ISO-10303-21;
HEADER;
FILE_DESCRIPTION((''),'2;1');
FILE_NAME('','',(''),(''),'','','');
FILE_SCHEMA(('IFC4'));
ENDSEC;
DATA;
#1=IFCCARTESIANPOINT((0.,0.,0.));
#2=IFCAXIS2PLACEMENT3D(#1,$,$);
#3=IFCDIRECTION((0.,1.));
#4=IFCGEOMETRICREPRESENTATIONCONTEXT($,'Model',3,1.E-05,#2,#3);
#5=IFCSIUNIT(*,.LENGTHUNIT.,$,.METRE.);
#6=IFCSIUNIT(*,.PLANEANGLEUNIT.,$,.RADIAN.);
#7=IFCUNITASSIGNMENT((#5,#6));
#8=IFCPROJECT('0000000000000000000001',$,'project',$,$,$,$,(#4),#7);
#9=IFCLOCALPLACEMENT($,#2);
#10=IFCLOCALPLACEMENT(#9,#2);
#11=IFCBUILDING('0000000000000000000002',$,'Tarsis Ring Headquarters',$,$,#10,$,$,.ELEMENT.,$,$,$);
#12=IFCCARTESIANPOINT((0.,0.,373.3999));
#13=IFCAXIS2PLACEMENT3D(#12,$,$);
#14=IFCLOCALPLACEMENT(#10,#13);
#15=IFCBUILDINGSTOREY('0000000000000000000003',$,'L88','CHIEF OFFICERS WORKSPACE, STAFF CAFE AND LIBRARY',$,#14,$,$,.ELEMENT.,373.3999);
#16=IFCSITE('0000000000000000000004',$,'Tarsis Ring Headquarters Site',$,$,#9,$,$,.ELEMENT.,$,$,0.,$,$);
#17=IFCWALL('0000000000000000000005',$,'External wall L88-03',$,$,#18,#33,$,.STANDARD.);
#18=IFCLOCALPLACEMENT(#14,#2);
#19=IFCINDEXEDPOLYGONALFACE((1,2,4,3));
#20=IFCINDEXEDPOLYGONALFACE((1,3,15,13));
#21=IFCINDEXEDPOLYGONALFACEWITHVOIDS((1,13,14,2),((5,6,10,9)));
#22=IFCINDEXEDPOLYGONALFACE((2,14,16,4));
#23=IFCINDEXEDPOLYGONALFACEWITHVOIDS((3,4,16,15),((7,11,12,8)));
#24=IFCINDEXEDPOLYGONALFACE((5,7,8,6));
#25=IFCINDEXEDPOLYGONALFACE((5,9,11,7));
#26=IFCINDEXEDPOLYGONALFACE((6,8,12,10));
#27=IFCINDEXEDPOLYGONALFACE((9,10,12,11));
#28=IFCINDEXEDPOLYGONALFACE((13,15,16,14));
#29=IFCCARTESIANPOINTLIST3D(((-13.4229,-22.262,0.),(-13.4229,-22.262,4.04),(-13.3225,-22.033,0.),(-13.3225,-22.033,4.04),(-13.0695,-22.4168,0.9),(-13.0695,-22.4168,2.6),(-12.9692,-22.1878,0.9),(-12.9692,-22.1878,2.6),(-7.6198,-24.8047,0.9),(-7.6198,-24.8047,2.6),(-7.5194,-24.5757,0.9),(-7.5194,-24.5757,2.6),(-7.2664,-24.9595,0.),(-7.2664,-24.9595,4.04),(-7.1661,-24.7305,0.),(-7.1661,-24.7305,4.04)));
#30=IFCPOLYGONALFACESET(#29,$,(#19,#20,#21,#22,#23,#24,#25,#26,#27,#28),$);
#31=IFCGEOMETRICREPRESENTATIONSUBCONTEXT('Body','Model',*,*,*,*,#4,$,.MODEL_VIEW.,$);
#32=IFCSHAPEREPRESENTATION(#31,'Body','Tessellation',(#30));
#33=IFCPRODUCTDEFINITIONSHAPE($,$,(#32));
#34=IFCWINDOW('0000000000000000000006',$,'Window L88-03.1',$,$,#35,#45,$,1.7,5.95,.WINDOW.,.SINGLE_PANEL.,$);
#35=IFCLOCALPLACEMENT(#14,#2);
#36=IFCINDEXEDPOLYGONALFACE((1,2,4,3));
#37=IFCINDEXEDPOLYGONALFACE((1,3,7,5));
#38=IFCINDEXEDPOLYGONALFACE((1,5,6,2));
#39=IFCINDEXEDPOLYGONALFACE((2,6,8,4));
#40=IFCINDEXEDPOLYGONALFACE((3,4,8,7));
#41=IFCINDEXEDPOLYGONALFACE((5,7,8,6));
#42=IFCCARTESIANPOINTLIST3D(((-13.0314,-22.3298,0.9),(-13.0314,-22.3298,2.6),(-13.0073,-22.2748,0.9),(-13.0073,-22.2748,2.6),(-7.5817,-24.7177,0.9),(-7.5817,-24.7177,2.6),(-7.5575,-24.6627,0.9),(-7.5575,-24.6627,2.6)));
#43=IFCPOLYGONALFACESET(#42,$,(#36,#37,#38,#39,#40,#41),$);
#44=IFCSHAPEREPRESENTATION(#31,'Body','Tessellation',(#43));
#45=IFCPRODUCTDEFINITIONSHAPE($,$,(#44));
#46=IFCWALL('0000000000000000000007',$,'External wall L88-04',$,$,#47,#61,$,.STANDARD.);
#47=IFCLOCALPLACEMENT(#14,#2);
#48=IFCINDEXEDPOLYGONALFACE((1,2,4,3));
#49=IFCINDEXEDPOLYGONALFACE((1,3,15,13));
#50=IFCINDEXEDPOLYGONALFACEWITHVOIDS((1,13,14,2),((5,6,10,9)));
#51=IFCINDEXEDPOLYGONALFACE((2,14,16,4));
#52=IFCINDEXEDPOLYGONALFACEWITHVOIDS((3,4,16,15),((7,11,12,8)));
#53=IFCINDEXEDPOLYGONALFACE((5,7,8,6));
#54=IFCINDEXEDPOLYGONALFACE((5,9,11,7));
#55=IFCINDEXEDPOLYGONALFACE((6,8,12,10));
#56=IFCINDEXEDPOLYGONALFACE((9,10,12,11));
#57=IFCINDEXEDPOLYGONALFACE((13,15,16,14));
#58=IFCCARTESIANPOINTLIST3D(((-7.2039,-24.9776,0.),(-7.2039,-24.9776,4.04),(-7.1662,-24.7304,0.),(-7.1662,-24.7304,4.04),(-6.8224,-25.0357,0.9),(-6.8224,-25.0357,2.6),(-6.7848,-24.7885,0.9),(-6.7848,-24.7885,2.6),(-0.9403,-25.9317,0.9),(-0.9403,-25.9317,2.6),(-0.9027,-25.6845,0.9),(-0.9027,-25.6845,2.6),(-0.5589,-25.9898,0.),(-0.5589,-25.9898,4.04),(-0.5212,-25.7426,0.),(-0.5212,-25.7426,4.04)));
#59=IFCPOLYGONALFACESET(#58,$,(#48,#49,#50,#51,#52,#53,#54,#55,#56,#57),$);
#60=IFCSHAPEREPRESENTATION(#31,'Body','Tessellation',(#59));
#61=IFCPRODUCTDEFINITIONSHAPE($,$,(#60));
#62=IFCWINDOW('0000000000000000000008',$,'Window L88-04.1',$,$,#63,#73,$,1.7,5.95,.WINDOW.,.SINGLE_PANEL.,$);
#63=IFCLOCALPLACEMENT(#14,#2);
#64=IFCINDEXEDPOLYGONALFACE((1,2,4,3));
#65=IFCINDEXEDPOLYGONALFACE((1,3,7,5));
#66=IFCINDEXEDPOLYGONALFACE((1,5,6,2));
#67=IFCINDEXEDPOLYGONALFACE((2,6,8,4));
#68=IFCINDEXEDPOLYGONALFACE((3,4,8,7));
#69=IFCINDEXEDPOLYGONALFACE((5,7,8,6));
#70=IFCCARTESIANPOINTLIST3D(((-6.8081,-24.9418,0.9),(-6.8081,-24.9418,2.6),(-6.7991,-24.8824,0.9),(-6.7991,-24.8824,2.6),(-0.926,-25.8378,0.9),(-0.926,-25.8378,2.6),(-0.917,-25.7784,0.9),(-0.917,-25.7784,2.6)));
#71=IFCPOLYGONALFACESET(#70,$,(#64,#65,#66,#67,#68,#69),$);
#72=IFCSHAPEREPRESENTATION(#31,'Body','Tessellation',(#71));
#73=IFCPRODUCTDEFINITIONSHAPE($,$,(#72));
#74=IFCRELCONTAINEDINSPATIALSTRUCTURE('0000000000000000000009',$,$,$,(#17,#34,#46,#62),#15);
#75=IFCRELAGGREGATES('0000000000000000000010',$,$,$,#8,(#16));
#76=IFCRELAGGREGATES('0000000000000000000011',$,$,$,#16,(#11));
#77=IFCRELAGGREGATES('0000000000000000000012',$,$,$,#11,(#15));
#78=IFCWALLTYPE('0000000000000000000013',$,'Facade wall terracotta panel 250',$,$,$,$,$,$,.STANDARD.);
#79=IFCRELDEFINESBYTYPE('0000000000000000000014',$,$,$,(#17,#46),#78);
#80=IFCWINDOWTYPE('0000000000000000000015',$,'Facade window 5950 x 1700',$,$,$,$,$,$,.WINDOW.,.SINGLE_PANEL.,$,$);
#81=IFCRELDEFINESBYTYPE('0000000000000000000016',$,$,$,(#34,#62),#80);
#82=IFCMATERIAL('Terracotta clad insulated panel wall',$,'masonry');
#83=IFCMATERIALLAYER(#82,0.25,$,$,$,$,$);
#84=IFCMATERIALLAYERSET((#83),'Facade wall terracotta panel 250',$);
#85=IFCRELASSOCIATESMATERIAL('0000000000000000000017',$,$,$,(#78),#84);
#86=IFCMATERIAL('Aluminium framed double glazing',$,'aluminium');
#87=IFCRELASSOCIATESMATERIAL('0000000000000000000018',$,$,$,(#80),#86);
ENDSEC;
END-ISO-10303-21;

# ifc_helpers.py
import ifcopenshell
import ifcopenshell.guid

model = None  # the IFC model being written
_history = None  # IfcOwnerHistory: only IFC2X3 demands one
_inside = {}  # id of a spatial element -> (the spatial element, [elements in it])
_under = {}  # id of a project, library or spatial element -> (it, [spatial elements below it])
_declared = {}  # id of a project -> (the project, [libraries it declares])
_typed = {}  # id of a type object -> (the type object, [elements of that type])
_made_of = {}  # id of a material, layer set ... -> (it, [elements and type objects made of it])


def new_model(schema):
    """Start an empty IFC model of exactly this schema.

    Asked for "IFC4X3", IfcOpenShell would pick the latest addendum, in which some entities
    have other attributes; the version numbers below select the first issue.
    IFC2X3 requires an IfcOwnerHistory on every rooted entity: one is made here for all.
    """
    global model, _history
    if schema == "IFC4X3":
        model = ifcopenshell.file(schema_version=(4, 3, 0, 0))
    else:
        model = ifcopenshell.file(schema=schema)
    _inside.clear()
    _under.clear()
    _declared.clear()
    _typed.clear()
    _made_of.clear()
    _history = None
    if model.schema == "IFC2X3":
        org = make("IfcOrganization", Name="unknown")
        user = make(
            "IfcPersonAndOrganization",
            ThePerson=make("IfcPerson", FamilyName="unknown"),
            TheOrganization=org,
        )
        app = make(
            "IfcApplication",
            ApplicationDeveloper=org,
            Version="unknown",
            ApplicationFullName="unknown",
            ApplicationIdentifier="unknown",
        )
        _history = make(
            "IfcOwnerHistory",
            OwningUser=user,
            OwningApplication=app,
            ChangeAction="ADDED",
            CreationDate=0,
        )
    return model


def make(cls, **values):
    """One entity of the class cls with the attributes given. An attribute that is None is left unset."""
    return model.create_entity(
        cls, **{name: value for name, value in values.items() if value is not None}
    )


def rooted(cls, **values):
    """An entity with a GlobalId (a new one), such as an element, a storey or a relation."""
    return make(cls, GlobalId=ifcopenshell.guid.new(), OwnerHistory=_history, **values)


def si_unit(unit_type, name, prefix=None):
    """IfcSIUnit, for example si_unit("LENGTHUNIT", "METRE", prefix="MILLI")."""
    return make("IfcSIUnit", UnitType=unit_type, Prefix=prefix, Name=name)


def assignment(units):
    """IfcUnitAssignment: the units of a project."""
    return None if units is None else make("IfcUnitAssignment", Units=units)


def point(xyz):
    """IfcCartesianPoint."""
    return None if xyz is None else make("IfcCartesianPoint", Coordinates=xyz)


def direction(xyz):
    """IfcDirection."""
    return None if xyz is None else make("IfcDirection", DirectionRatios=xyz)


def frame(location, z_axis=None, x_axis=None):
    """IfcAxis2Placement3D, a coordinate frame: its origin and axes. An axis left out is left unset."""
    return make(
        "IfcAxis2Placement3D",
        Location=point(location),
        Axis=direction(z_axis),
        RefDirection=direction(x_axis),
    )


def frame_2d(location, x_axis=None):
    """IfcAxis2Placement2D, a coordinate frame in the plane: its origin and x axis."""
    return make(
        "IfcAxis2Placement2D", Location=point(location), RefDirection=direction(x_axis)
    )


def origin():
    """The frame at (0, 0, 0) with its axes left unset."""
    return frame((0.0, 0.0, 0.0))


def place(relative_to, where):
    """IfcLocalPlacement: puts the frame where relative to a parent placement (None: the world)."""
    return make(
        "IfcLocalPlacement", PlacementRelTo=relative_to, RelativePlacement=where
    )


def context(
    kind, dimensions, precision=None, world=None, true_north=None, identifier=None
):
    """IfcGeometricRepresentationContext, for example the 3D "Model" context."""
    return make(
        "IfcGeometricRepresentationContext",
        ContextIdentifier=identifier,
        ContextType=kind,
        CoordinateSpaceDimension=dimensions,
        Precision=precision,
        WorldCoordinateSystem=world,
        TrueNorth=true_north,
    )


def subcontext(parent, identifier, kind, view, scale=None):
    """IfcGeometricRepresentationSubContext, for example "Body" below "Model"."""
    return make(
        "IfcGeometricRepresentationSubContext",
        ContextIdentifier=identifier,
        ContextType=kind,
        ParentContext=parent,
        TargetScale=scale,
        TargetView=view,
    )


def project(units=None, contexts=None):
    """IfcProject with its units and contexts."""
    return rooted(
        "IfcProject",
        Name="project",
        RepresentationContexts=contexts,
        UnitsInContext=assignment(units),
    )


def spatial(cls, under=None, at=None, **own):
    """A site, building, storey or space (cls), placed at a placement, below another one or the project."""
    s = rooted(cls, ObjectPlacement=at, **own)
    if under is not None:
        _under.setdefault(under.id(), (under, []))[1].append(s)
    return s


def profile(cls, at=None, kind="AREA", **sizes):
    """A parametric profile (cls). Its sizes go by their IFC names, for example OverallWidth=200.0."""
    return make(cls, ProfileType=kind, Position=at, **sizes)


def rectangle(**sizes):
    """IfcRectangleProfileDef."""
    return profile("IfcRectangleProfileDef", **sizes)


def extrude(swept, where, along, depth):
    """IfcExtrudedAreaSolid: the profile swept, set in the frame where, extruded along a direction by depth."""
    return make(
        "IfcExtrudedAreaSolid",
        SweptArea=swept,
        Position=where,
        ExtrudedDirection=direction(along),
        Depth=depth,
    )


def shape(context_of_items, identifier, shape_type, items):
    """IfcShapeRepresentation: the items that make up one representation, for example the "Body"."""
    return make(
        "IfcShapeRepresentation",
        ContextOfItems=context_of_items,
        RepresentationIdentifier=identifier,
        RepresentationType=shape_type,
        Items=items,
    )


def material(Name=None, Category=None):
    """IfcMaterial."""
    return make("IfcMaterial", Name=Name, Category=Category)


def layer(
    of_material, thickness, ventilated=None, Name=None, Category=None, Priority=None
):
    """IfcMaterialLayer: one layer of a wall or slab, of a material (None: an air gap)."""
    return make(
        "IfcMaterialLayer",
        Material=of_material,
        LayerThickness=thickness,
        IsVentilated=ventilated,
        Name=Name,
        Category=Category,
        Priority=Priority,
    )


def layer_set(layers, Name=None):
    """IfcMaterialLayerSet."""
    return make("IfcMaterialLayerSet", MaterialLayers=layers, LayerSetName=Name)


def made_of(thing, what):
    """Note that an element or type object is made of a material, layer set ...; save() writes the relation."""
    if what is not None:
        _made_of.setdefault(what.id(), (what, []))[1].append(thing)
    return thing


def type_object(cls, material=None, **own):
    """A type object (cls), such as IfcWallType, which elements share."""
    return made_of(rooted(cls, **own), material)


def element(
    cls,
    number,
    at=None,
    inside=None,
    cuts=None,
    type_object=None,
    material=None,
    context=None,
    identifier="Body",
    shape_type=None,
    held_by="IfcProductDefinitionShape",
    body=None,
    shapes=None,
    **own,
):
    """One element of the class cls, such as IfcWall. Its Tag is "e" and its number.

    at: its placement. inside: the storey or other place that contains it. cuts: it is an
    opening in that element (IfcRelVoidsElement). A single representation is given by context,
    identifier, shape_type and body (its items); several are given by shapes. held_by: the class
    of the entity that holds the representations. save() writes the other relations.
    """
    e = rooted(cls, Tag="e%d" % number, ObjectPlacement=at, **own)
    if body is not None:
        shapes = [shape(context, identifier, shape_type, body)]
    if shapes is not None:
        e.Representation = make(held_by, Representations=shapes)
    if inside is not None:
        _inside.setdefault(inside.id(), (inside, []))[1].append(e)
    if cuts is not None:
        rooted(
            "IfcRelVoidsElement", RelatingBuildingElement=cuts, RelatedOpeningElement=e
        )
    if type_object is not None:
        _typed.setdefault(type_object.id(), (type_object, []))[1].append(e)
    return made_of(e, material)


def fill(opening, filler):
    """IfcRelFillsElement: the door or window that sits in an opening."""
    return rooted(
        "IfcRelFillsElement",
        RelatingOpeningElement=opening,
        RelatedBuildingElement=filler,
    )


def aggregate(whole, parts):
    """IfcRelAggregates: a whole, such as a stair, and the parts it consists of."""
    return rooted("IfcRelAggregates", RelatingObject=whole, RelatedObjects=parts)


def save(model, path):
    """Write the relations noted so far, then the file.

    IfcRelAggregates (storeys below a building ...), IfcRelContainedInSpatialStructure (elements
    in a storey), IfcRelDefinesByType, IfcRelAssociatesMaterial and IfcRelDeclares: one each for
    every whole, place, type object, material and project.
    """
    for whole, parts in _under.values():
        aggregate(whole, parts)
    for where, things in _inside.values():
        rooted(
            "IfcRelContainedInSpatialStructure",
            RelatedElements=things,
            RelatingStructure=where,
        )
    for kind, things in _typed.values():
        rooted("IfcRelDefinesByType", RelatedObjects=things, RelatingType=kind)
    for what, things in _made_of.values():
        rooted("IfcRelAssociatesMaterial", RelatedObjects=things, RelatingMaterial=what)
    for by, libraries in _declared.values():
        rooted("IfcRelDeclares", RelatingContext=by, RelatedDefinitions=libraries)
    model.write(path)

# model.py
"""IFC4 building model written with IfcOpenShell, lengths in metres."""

from ifc_helpers import new_model, si_unit, direction, frame, frame_2d, origin, place, context, subcontext, project, spatial, rectangle, extrude, material, layer, layer_set, type_object, element, fill, save


model = new_model("IFC4")

# Units and contexts
model_context = context("Model", 3, precision=1e-05, world=origin(), true_north=direction((0.0, 1.0)))
body_context = subcontext(model_context, "Body", "Model", "MODEL_VIEW")
ifc_project = project(units=[si_unit("LENGTHUNIT", "METRE"), si_unit("PLANEANGLEUNIT", "RADIAN")], contexts=[model_context])

# Site, building, storey
site_placement = place(None, origin())
site = spatial("IfcSite", under=ifc_project, at=site_placement, Name="Tarsis Ring Headquarters Site", CompositionType="ELEMENT", RefElevation=0.0)
building_placement = place(site_placement, origin())
building = spatial("IfcBuilding", under=site, at=building_placement, Name="Tarsis Ring Headquarters", CompositionType="ELEMENT")
storey_placement = place(building_placement, frame((0.0, 0.0, 373.3999)))
storey = spatial("IfcBuildingStorey", under=building, at=storey_placement, Name="L88", Description="CHIEF OFFICERS WORKSPACE, STAFF CAFE AND LIBRARY", CompositionType="ELEMENT", Elevation=373.3999)

# Walls, openings, windows
ifc_material_1 = material(Name="Terracotta clad insulated panel wall", Category="masonry")
ifc_layer_1 = layer(ifc_material_1, 0.25)
ifc_layer_set_1 = layer_set([ifc_layer_1], Name="Facade wall terracotta panel 250")
wall_type_1 = type_object("IfcWallType", Name="Facade wall terracotta panel 250", PredefinedType="STANDARD", material=ifc_layer_set_1)
wall_1_placement = place(storey_placement, frame((-13.3728, -22.1475, 0.0), z_axis=(0.0, 0.0, 1.0), x_axis=(0.915936, -0.401324, 0.0)))
wall_1 = element("IfcWall", 1, at=wall_1_placement, inside=storey, type_object=wall_type_1, Name="External wall L88-03", PredefinedType="STANDARD", context=body_context, shape_type="SweptSolid", body=[
    extrude(rectangle(XDim=6.7214, YDim=0.25, at=frame_2d((3.3608, 0.0))), origin(), (0.0, 0.0, 1.0), 4.04),
])
opening_1_placement = place(wall_1_placement, frame((0.3857, 0.0, 0.8999)))
opening_1 = element("IfcOpeningElement", 2, at=opening_1_placement, cuts=wall_1, PredefinedType="OPENING", context=body_context, shape_type="SweptSolid", body=[
    extrude(rectangle(XDim=5.95, YDim=1.7, at=frame_2d((2.9751, 0.8501))), frame((0.0, 0.135, 0.0), z_axis=(0.0, -1.0, 0.0), x_axis=(1.0, 0.0, 0.0)), (0.0, 0.0, 1.0), 0.27),
])
ifc_material_2 = material(Name="Aluminium framed double glazing", Category="aluminium")
window_type = type_object("IfcWindowType", Name="Facade window 5950 x 1700", PartitioningType="SINGLE_PANEL", PredefinedType="WINDOW", material=ifc_material_2)
window_1_placement = place(opening_1_placement, origin())
window_1 = element("IfcWindow", 3, at=window_1_placement, inside=storey, type_object=window_type, Name="Window L88-03.1", OverallHeight=1.7, OverallWidth=5.95, PartitioningType="SINGLE_PANEL", PredefinedType="WINDOW", context=body_context, shape_type="SweptSolid", body=[
    extrude(rectangle(XDim=5.95, YDim=1.7, at=frame_2d((2.9751, 0.8501))), frame((0.0, 0.03, 0.0), z_axis=(0.0, -1.0, 0.0), x_axis=(1.0, 0.0, 0.0)), (0.0, 0.0, 1.0), 0.0601),
])
fill(opening_1, window_1)
wall_2_placement = place(storey_placement, frame((-7.1851, -24.854, 0.0), z_axis=(0.0, 0.0, 1.0), x_axis=(0.988597, -0.150589, 0.0)))
wall_2 = element("IfcWall", 4, at=wall_2_placement, inside=storey, type_object=wall_type_1, Name="External wall L88-04", PredefinedType="STANDARD", context=body_context, shape_type="SweptSolid", body=[
    extrude(rectangle(XDim=6.7217, YDim=0.25, at=frame_2d((3.3608, 0.0))), origin(), (0.0, 0.0, 1.0), 4.04),
])
opening_2_placement = place(wall_2_placement, frame((0.3857, 0.0, 0.8999)))
opening_2 = element("IfcOpeningElement", 5, at=opening_2_placement, cuts=wall_2, PredefinedType="OPENING", context=body_context, shape_type="SweptSolid", body=[
    extrude(rectangle(XDim=5.95, YDim=1.7, at=frame_2d((2.9751, 0.8501))), frame((0.0, 0.135, 0.0), z_axis=(0.0, -1.0, 0.0), x_axis=(1.0, 0.0, 0.0)), (0.0, 0.0, 1.0), 0.27),
])
window_2_placement = place(opening_2_placement, origin())
window_2 = element("IfcWindow", 6, at=window_2_placement, inside=storey, type_object=window_type, Name="Window L88-04.1", OverallHeight=1.7, OverallWidth=5.95, PartitioningType="SINGLE_PANEL", PredefinedType="WINDOW", context=body_context, shape_type="SweptSolid", body=[
    extrude(rectangle(XDim=5.95, YDim=1.7, at=frame_2d((2.9751, 0.8501))), frame((0.0, 0.03, 0.0), z_axis=(0.0, -1.0, 0.0), x_axis=(1.0, 0.0, 0.0)), (0.0, 0.0, 1.0), 0.0601),
])
fill(opening_2, window_2)

save(model, "model.ifc")
